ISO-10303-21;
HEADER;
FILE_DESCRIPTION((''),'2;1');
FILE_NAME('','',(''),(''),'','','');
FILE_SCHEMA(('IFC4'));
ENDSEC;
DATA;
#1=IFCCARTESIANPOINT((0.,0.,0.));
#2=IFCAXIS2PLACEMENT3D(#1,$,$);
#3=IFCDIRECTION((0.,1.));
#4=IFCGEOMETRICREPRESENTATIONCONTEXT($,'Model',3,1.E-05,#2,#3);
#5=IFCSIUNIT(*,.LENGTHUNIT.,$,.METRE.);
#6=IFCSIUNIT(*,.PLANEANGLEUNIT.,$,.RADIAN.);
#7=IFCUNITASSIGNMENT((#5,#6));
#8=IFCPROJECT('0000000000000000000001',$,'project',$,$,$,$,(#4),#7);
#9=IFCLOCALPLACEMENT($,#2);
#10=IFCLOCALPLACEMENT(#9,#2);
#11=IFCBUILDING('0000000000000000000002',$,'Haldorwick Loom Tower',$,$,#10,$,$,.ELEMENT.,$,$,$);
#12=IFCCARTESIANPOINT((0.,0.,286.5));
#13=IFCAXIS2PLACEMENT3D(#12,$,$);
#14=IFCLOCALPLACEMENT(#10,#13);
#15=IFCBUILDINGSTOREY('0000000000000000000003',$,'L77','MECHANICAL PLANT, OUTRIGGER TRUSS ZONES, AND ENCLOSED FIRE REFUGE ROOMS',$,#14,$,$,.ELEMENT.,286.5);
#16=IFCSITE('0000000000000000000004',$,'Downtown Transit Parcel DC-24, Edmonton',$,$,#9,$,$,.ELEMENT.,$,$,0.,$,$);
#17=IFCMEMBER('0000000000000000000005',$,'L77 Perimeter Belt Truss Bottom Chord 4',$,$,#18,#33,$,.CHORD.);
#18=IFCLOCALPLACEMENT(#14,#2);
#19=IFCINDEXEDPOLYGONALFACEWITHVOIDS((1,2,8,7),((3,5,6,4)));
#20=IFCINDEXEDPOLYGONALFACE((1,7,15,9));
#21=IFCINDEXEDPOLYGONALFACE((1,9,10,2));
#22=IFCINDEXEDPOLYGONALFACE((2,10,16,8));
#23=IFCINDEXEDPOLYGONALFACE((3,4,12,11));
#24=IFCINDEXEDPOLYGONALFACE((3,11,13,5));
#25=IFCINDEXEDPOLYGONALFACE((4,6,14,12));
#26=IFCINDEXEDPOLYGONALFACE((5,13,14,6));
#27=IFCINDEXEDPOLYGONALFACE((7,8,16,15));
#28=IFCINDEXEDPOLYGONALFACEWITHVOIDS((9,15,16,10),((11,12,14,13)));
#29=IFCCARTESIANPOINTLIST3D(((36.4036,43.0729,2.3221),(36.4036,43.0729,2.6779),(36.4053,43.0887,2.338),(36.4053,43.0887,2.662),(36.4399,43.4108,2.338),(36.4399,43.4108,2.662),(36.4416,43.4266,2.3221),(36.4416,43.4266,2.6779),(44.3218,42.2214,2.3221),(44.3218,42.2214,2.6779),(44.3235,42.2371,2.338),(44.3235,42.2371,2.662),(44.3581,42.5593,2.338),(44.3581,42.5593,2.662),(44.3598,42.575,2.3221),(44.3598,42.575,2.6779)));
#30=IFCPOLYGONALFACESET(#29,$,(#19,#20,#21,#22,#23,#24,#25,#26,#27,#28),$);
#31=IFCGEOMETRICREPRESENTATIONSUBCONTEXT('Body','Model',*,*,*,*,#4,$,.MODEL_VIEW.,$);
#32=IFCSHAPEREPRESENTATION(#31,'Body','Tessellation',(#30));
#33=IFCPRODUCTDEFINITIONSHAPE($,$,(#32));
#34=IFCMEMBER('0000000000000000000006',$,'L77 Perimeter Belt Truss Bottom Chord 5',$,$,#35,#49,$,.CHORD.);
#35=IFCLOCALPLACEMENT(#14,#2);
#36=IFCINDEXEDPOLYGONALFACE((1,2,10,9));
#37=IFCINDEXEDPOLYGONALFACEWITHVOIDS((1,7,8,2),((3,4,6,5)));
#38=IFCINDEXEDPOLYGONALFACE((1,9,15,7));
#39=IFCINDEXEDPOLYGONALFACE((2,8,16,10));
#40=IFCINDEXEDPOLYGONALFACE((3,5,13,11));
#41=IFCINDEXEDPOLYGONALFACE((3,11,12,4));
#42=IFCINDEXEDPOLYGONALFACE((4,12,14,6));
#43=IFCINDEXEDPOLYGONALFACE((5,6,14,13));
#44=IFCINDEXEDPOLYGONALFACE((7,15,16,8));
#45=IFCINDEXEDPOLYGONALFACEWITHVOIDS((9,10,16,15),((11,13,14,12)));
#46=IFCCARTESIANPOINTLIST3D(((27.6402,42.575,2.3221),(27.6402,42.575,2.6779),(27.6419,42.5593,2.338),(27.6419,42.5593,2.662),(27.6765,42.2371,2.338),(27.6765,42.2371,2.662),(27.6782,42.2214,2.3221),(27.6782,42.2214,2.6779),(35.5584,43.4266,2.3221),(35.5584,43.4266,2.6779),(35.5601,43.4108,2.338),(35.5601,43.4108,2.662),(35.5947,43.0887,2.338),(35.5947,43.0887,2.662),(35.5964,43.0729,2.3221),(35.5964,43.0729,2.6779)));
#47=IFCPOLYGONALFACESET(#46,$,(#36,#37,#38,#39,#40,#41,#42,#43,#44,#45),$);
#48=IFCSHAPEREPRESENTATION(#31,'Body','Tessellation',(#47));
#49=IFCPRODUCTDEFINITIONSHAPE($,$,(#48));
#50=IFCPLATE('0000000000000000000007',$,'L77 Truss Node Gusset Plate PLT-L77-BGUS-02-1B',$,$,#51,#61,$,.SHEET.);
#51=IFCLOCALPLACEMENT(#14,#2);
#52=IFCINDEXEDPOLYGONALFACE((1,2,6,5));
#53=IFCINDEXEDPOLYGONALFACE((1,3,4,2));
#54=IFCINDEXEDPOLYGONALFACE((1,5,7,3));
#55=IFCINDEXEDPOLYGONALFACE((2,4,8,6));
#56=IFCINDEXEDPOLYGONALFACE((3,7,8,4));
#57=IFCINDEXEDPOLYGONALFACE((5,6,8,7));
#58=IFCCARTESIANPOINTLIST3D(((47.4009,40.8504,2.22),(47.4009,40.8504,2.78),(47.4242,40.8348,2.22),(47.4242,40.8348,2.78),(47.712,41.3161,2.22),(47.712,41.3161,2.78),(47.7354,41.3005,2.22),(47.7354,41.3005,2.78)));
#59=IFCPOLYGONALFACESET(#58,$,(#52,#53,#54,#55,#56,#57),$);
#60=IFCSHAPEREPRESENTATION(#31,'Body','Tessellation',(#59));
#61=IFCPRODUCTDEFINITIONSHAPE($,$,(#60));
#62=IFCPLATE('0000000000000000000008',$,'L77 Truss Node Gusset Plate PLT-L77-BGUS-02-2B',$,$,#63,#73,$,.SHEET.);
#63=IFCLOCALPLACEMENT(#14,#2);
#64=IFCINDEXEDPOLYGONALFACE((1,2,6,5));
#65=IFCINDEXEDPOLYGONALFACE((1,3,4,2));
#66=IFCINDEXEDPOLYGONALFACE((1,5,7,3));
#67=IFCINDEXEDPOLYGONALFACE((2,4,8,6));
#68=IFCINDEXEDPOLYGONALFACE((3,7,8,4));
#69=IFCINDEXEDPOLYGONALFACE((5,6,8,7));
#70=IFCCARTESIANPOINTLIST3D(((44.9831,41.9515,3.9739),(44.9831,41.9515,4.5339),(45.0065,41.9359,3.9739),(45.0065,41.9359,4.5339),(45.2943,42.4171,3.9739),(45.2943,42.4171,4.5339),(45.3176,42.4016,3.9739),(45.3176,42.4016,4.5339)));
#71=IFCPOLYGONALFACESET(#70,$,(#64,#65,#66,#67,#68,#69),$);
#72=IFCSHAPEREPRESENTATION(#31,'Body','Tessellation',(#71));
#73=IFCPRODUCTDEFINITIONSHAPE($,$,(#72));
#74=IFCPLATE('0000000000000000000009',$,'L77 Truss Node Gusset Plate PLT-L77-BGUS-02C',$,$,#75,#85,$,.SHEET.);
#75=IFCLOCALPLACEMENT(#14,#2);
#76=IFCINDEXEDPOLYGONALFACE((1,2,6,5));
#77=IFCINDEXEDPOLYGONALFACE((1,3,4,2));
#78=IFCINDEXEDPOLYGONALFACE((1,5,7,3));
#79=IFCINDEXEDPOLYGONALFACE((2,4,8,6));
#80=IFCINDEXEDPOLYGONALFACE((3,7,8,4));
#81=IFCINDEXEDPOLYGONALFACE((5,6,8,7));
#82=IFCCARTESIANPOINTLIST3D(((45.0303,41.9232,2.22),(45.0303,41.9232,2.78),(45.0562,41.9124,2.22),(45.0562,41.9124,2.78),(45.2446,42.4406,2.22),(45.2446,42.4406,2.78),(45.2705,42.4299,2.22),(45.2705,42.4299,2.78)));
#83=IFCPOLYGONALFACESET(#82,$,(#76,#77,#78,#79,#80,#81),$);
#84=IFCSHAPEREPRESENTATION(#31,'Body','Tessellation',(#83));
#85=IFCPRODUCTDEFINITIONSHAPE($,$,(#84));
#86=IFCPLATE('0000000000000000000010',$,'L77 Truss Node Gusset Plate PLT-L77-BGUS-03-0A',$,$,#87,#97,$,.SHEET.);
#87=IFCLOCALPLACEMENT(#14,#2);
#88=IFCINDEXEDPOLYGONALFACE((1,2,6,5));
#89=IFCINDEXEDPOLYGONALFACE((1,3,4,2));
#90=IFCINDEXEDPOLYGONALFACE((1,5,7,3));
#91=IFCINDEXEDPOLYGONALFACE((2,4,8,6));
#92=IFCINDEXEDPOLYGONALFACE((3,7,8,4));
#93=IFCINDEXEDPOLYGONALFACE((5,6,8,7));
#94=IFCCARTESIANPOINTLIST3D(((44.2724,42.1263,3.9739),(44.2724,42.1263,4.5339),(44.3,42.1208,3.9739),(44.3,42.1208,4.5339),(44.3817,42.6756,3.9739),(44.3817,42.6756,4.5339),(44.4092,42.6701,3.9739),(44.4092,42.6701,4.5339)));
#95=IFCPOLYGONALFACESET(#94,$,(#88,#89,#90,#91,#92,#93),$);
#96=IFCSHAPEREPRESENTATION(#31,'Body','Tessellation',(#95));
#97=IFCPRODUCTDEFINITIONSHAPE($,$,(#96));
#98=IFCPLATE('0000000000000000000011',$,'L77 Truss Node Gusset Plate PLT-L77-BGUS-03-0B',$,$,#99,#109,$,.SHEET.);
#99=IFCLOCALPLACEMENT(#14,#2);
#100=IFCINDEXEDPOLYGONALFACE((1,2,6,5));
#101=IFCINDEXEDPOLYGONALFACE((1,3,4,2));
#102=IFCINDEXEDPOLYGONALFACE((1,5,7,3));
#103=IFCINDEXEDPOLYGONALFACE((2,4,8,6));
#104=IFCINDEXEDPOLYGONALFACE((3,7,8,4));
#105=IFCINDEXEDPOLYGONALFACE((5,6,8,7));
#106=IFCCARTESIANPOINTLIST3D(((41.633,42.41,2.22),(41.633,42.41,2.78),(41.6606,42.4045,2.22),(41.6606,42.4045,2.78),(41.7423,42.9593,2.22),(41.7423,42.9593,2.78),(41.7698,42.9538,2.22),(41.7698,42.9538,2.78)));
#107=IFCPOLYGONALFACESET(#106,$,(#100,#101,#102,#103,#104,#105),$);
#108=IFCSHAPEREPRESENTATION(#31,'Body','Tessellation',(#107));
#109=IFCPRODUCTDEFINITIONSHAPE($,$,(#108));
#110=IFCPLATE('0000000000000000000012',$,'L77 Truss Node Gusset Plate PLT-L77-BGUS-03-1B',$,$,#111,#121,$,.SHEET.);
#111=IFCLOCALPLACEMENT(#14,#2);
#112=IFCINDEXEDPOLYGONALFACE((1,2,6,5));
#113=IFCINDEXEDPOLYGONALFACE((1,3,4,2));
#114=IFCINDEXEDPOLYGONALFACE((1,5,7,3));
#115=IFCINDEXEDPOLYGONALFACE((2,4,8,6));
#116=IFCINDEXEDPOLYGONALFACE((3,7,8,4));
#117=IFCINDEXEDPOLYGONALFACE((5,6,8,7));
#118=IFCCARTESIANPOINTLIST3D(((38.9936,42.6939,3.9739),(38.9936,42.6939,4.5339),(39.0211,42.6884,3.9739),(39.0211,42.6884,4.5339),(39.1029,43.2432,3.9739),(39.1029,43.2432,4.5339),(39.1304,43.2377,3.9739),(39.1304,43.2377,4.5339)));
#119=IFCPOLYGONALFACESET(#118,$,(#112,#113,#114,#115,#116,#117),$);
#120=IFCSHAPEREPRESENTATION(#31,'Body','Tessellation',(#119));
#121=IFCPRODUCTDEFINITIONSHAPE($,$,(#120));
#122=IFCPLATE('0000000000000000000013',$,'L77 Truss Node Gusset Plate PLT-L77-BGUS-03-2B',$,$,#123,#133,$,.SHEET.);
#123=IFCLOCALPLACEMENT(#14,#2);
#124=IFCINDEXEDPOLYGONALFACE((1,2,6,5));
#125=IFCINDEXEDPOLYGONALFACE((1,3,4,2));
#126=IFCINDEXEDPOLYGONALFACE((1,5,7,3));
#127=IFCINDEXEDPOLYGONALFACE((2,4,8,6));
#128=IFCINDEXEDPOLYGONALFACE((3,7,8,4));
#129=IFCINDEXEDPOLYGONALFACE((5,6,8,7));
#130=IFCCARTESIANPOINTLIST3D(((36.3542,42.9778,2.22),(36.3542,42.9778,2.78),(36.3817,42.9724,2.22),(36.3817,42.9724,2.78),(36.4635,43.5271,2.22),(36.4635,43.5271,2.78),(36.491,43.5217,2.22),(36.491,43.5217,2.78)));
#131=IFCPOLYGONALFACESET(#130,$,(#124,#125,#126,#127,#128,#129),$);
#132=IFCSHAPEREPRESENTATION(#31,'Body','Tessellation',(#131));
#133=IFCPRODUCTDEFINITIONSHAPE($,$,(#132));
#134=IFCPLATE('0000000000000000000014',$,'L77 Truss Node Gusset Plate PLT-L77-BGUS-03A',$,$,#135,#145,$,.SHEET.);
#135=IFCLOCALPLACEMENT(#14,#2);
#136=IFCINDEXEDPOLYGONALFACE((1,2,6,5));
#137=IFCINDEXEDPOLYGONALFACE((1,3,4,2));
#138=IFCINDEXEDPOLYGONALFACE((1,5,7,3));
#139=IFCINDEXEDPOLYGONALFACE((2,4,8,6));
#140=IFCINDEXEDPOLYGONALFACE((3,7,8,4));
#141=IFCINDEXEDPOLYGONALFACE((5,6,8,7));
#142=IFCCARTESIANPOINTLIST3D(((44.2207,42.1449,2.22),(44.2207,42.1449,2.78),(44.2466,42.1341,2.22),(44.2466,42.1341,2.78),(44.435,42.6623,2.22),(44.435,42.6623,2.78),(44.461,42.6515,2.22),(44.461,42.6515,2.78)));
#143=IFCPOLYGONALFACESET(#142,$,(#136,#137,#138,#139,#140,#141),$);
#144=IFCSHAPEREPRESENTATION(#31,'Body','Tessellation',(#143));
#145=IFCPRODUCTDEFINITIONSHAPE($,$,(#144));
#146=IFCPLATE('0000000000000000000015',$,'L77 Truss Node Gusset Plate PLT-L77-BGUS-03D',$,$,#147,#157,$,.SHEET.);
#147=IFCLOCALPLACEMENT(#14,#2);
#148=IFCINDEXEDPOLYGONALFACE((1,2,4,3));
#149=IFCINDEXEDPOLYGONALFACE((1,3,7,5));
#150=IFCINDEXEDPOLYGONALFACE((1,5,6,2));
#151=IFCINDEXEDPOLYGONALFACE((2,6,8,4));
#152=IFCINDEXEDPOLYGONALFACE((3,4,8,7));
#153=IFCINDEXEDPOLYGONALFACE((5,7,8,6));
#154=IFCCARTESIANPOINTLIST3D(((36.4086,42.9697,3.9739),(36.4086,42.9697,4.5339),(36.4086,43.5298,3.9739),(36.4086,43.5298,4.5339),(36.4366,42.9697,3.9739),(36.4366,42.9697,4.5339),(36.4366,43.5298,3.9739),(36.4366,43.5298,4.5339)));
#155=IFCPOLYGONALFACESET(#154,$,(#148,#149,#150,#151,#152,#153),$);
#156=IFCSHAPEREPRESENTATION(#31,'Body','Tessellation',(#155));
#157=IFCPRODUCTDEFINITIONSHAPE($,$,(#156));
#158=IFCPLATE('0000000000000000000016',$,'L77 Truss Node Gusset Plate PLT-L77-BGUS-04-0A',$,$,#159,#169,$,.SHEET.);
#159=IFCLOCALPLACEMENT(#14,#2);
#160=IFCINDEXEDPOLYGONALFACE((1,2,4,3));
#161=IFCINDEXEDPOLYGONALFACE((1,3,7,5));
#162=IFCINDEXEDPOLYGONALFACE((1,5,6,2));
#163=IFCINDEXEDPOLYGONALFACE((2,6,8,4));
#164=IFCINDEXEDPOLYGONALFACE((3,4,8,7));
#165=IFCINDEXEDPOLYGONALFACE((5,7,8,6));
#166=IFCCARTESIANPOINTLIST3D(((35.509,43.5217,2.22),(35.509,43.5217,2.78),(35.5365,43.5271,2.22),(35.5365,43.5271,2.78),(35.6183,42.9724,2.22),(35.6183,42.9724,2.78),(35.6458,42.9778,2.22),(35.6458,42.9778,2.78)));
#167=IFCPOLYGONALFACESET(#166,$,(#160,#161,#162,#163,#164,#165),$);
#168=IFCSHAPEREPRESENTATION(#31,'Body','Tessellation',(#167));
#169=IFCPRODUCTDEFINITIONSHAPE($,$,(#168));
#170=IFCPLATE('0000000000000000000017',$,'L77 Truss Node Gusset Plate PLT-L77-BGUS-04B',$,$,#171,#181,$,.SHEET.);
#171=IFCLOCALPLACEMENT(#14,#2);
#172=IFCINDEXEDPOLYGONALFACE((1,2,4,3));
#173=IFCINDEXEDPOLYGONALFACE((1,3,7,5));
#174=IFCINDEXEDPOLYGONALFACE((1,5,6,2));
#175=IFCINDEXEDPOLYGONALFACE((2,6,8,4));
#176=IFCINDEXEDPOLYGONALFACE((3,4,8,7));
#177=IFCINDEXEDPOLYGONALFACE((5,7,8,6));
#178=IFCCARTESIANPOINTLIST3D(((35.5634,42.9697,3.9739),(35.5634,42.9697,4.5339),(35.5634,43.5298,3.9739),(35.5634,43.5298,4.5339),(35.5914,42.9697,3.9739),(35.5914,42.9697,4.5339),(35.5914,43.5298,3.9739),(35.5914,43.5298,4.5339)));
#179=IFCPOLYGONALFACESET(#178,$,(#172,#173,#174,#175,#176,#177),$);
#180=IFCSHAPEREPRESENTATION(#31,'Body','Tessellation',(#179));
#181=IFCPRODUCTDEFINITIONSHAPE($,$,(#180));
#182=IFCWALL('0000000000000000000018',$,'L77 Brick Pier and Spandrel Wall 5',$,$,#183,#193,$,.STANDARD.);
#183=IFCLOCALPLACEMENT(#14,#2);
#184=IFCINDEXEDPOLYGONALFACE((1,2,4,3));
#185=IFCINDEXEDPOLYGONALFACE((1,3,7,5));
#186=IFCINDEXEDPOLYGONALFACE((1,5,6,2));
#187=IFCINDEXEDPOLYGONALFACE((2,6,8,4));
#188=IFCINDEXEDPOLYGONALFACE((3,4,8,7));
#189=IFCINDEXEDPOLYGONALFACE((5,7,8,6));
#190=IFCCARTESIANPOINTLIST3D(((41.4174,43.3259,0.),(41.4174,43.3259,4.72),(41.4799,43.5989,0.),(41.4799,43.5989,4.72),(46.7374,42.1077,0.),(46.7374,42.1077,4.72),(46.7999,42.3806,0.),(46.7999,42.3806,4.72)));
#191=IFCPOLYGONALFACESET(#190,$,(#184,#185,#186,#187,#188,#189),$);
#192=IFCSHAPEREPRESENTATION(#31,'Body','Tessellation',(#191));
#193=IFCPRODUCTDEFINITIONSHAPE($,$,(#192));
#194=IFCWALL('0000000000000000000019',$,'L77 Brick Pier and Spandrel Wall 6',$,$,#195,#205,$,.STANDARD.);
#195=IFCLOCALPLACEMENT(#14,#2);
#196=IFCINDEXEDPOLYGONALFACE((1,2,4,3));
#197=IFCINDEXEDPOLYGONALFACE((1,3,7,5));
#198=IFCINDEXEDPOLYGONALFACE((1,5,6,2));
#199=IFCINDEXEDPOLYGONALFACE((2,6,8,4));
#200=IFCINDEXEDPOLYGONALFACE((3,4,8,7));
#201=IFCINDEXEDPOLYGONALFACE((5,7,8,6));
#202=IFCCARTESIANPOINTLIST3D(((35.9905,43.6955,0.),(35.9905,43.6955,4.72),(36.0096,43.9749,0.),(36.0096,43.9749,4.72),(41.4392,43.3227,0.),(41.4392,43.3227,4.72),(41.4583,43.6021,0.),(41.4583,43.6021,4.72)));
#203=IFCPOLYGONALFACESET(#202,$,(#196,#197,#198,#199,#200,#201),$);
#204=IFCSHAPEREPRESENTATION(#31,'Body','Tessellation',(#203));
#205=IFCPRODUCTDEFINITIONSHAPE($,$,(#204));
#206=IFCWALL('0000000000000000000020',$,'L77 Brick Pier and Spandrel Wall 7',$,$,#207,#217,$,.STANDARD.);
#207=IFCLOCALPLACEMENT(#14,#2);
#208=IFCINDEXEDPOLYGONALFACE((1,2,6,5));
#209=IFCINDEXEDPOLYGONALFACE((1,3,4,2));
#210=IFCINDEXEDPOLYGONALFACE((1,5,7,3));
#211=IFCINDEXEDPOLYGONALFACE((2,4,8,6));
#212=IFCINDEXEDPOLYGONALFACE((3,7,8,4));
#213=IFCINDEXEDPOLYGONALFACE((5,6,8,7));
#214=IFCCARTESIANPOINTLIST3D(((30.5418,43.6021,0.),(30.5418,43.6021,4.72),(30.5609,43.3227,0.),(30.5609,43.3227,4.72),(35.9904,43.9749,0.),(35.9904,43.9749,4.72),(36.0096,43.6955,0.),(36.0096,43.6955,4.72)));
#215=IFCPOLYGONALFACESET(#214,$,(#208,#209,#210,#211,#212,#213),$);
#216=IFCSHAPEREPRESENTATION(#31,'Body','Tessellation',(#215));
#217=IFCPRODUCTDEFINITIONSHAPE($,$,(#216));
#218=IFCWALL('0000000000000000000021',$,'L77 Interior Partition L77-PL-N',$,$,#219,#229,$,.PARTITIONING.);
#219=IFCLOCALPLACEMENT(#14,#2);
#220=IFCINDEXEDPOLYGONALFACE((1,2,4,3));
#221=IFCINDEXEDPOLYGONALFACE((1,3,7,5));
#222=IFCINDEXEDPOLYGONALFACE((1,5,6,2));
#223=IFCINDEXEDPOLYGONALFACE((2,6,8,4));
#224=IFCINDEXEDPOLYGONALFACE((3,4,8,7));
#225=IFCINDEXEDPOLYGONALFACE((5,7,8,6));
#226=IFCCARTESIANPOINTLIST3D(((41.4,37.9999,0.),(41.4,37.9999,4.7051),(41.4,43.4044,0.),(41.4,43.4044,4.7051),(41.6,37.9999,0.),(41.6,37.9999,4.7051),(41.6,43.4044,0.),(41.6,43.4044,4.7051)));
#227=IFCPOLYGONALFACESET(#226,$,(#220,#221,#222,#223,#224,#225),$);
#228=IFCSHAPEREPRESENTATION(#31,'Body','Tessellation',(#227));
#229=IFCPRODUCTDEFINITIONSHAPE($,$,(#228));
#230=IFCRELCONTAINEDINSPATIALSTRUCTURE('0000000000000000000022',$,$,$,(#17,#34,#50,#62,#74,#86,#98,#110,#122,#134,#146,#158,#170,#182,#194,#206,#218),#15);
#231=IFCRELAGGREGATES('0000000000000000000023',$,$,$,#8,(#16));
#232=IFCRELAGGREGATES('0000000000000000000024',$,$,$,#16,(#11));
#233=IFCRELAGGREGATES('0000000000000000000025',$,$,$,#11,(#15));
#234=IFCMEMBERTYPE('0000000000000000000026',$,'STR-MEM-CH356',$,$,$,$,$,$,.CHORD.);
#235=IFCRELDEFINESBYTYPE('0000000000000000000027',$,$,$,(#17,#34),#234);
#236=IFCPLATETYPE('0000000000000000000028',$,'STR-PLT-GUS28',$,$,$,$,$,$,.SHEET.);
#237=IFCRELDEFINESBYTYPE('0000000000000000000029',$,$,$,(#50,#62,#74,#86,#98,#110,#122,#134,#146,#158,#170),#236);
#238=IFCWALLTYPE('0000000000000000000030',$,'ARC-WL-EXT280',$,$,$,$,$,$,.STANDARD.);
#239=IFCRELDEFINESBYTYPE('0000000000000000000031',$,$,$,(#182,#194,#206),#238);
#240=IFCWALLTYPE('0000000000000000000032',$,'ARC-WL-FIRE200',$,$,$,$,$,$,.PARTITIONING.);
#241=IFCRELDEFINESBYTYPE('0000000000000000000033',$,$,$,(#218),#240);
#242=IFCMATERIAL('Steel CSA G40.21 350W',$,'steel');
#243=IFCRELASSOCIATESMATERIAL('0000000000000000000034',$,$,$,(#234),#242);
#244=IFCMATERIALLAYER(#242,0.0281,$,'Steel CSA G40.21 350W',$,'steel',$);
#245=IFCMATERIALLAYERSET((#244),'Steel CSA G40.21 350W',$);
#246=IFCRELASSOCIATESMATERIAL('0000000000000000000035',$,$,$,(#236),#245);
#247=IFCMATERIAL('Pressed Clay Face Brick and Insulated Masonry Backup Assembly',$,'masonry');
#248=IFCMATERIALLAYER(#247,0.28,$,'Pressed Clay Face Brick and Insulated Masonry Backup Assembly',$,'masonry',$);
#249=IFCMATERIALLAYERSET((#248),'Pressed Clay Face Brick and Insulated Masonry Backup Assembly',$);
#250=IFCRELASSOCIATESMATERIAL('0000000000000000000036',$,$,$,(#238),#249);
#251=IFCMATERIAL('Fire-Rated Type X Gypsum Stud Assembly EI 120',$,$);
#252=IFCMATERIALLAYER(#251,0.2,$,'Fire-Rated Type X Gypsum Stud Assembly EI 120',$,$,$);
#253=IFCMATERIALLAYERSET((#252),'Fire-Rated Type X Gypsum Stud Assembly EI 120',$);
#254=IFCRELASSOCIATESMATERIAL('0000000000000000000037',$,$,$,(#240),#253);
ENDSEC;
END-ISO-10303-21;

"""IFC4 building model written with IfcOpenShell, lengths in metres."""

from ifc_helpers import new_model, si_unit, direction, frame, frame_2d, origin, origin_2d, place, context, subcontext, project, spatial, rectangle, hollow_rectangle, extrude, material, layer, layer_set, material_profile, profile_set, type_object, element, save


model = new_model("IFC4")

# Units and contexts
model_context = context("Model", 3, precision=1e-05, world=origin(), true_north=direction((0.0, 1.0)))
body_context = subcontext(model_context, "Body", "Model", "MODEL_VIEW")
ifc_project = project(units=[si_unit("LENGTHUNIT", "METRE"), si_unit("PLANEANGLEUNIT", "RADIAN")], contexts=[model_context])

# Site, building, storey
site_placement = place(None, origin())
site = spatial("IfcSite", under=ifc_project, at=site_placement, Name="Downtown Transit Parcel DC-24, Edmonton", CompositionType="ELEMENT", RefElevation=0.0)
building_placement = place(site_placement, origin())
building = spatial("IfcBuilding", under=site, at=building_placement, Name="Haldorwick Loom Tower", CompositionType="ELEMENT")
storey_placement = place(building_placement, frame((0.0, 0.0, 286.5)))
storey = spatial("IfcBuildingStorey", under=building, at=storey_placement, Name="L77", Description="MECHANICAL PLANT, OUTRIGGER TRUSS ZONES, AND ENCLOSED FIRE REFUGE ROOMS", CompositionType="ELEMENT", Elevation=286.5)

# Shared definitions
ifc_material_1 = material(Name="Steel CSA G40.21 350W", Category="steel")

# Members
ifc_material_profile_1 = material_profile(ifc_material_1, hollow_rectangle(XDim=0.3557, YDim=0.3557, WallThickness=0.0159, at=origin_2d()), Name="HSS356X356X16", Category="steel")
ifc_profile_set_1 = profile_set([ifc_material_profile_1], Name="Steel CSA G40.21 350W")
member_type_1 = type_object("IfcMemberType", Name="STR-MEM-CH356", PredefinedType="CHORD", material=ifc_profile_set_1)
for number, where, z_axis, x_axis, name in (
    (1, (44.3408, 42.3982, 2.5), (-0.994267, 0.106928, 0.0), (-0.106928, -0.994267, 0.0), "L77 Perimeter Belt Truss Bottom Chord 4"),
    (2, (35.5774, 43.2498, 2.5), (-0.994267, -0.106928, 0.0), (0.106928, -0.994267, 0.0), "L77 Perimeter Belt Truss Bottom Chord 5"),
):
    element("IfcMember", number, at=place(storey_placement, frame(where, z_axis=z_axis, x_axis=x_axis)), inside=storey, type_object=member_type_1, Name=name, PredefinedType="CHORD", context=body_context, shape_type="SweptSolid", body=[
        extrude(hollow_rectangle(XDim=0.3557, YDim=0.3557, WallThickness=0.0159, at=origin_2d()), origin(), (0.0, 0.0, 1.0), 7.9639),
    ])

# Plates
ifc_layer_1 = layer(ifc_material_1, 0.0281, Name="Steel CSA G40.21 350W", Category="steel")
ifc_layer_set_1 = layer_set([ifc_layer_1], Name="Steel CSA G40.21 350W")
plate_type = type_object("IfcPlateType", Name="STR-PLT-GUS28", PredefinedType="SHEET", material=ifc_layer_set_1)
for number, where, z_axis, x_axis, name in (
    (3, (47.5681, 41.0754, 2.22), (0.0, 0.0, 1.0), (0.55557, 0.83147, 0.0), "L77 Truss Node Gusset Plate PLT-L77-BGUS-02-1B"),
    (4, (45.1504, 42.1765, 3.9739), (0.0, 0.0, 1.0), (0.55557, 0.83147, 0.0), "L77 Truss Node Gusset Plate PLT-L77-BGUS-02-2B"),
    (5, (45.1504, 42.1765, 2.22), (0.0, 0.0, 1.0), (0.382683, 0.92388, 0.0), "L77 Truss Node Gusset Plate PLT-L77-BGUS-02C"),
    (6, (44.3408, 42.3982, 3.9739), (0.0, 0.0, 1.0), (0.19509, 0.980785, 0.0), "L77 Truss Node Gusset Plate PLT-L77-BGUS-03-0A"),
    (7, (41.7014, 42.6819, 2.22), (0.0, 0.0, 1.0), (0.19509, 0.980785, 0.0), "L77 Truss Node Gusset Plate PLT-L77-BGUS-03-0B"),
    (8, (39.062, 42.9658, 3.9739), (0.0, 0.0, 1.0), (0.19509, 0.980785, 0.0), "L77 Truss Node Gusset Plate PLT-L77-BGUS-03-1B"),
    (9, (36.4226, 43.2498, 2.22), (0.0, 0.0, 1.0), (0.19509, 0.980785, 0.0), "L77 Truss Node Gusset Plate PLT-L77-BGUS-03-2B"),
    (10, (44.3408, 42.3982, 2.22), (0.0, 0.0, 1.0), (0.382683, 0.92388, 0.0), "L77 Truss Node Gusset Plate PLT-L77-BGUS-03A"),
    (11, (36.4226, 43.2498, 3.9739), (0.0, 0.0, 1.0), (0.0, 1.0, 0.0), "L77 Truss Node Gusset Plate PLT-L77-BGUS-03D"),
    (12, (35.5774, 43.2498, 2.22), (0.0, 0.0, 1.0), (-0.19509, 0.980785, 0.0), "L77 Truss Node Gusset Plate PLT-L77-BGUS-04-0A"),
    (13, (35.5774, 43.2498, 3.9739), (0.0, 0.0, 1.0), (0.0, 1.0, 0.0), "L77 Truss Node Gusset Plate PLT-L77-BGUS-04B"),
):
    element("IfcPlate", number, at=place(storey_placement, frame(where, z_axis=z_axis, x_axis=x_axis)), inside=storey, type_object=plate_type, Name=name, PredefinedType="SHEET", context=body_context, shape_type="SweptSolid", body=[
        extrude(rectangle(XDim=0.5601, YDim=0.0281, at=origin_2d()), origin(), (0.0, 0.0, 1.0), 0.5601),
    ])

# Walls
ifc_material_2 = material(Name="Pressed Clay Face Brick and Insulated Masonry Backup Assembly", Category="masonry")
ifc_layer_2 = layer(ifc_material_2, 0.28, Name="Pressed Clay Face Brick and Insulated Masonry Backup Assembly", Category="masonry")
ifc_layer_set_2 = layer_set([ifc_layer_2], Name="Pressed Clay Face Brick and Insulated Masonry Backup Assembly")
wall_type_1 = type_object("IfcWallType", Name="ARC-WL-EXT280", PredefinedType="STANDARD", material=ifc_layer_set_2)
wall_1_placement = place(storey_placement, frame((46.7688, 42.2441, 0.0), z_axis=(0.0, 0.0, 1.0), x_axis=(-0.974769, 0.223216, 0.0)))
element("IfcWall", 14, at=wall_1_placement, inside=storey, type_object=wall_type_1, Name="L77 Brick Pier and Spandrel Wall 5", PredefinedType="STANDARD", context=body_context, shape_type="SweptSolid", body=[
    extrude(rectangle(XDim=5.4578, YDim=0.28, at=frame_2d((2.729, 0.0))), origin(), (0.0, 0.0, 1.0), 4.72),
])
for number, where, z_axis, x_axis, name in (
    (15, (41.4487, 43.4624, 0.0), (0.0, 0.0, 1.0), (-0.997668, 0.068261, 0.0), "L77 Brick Pier and Spandrel Wall 6"),
    (16, (36.0, 43.8352, 0.0), (0.0, 0.0, 1.0), (-0.997668, -0.068261, 0.0), "L77 Brick Pier and Spandrel Wall 7"),
):
    element("IfcWall", number, at=place(storey_placement, frame(where, z_axis=z_axis, x_axis=x_axis)), inside=storey, type_object=wall_type_1, Name=name, PredefinedType="STANDARD", context=body_context, shape_type="SweptSolid", body=[
        extrude(rectangle(XDim=5.4614, YDim=0.28, at=frame_2d((2.7307, 0.0))), origin(), (0.0, 0.0, 1.0), 4.72),
    ])
ifc_material_3 = material(Name="Fire-Rated Type X Gypsum Stud Assembly EI 120")
ifc_layer_3 = layer(ifc_material_3, 0.2, Name="Fire-Rated Type X Gypsum Stud Assembly EI 120")
ifc_layer_set_3 = layer_set([ifc_layer_3], Name="Fire-Rated Type X Gypsum Stud Assembly EI 120")
wall_type_2 = type_object("IfcWallType", Name="ARC-WL-FIRE200", PredefinedType="PARTITIONING", material=ifc_layer_set_3)
wall_2_placement = place(storey_placement, frame((41.5, 38.0, 0.0), z_axis=(0.0, 0.0, 1.0), x_axis=(0.0, 1.0, 0.0)))
element("IfcWall", 17, at=wall_2_placement, inside=storey, type_object=wall_type_2, Name="L77 Interior Partition L77-PL-N", PredefinedType="PARTITIONING", context=body_context, shape_type="SweptSolid", body=[
    extrude(rectangle(XDim=5.4045, YDim=0.2, at=frame_2d((2.7021, 0.0))), origin(), (0.0, 0.0, 1.0), 4.7051),
])

save(model, "model.ifc")
